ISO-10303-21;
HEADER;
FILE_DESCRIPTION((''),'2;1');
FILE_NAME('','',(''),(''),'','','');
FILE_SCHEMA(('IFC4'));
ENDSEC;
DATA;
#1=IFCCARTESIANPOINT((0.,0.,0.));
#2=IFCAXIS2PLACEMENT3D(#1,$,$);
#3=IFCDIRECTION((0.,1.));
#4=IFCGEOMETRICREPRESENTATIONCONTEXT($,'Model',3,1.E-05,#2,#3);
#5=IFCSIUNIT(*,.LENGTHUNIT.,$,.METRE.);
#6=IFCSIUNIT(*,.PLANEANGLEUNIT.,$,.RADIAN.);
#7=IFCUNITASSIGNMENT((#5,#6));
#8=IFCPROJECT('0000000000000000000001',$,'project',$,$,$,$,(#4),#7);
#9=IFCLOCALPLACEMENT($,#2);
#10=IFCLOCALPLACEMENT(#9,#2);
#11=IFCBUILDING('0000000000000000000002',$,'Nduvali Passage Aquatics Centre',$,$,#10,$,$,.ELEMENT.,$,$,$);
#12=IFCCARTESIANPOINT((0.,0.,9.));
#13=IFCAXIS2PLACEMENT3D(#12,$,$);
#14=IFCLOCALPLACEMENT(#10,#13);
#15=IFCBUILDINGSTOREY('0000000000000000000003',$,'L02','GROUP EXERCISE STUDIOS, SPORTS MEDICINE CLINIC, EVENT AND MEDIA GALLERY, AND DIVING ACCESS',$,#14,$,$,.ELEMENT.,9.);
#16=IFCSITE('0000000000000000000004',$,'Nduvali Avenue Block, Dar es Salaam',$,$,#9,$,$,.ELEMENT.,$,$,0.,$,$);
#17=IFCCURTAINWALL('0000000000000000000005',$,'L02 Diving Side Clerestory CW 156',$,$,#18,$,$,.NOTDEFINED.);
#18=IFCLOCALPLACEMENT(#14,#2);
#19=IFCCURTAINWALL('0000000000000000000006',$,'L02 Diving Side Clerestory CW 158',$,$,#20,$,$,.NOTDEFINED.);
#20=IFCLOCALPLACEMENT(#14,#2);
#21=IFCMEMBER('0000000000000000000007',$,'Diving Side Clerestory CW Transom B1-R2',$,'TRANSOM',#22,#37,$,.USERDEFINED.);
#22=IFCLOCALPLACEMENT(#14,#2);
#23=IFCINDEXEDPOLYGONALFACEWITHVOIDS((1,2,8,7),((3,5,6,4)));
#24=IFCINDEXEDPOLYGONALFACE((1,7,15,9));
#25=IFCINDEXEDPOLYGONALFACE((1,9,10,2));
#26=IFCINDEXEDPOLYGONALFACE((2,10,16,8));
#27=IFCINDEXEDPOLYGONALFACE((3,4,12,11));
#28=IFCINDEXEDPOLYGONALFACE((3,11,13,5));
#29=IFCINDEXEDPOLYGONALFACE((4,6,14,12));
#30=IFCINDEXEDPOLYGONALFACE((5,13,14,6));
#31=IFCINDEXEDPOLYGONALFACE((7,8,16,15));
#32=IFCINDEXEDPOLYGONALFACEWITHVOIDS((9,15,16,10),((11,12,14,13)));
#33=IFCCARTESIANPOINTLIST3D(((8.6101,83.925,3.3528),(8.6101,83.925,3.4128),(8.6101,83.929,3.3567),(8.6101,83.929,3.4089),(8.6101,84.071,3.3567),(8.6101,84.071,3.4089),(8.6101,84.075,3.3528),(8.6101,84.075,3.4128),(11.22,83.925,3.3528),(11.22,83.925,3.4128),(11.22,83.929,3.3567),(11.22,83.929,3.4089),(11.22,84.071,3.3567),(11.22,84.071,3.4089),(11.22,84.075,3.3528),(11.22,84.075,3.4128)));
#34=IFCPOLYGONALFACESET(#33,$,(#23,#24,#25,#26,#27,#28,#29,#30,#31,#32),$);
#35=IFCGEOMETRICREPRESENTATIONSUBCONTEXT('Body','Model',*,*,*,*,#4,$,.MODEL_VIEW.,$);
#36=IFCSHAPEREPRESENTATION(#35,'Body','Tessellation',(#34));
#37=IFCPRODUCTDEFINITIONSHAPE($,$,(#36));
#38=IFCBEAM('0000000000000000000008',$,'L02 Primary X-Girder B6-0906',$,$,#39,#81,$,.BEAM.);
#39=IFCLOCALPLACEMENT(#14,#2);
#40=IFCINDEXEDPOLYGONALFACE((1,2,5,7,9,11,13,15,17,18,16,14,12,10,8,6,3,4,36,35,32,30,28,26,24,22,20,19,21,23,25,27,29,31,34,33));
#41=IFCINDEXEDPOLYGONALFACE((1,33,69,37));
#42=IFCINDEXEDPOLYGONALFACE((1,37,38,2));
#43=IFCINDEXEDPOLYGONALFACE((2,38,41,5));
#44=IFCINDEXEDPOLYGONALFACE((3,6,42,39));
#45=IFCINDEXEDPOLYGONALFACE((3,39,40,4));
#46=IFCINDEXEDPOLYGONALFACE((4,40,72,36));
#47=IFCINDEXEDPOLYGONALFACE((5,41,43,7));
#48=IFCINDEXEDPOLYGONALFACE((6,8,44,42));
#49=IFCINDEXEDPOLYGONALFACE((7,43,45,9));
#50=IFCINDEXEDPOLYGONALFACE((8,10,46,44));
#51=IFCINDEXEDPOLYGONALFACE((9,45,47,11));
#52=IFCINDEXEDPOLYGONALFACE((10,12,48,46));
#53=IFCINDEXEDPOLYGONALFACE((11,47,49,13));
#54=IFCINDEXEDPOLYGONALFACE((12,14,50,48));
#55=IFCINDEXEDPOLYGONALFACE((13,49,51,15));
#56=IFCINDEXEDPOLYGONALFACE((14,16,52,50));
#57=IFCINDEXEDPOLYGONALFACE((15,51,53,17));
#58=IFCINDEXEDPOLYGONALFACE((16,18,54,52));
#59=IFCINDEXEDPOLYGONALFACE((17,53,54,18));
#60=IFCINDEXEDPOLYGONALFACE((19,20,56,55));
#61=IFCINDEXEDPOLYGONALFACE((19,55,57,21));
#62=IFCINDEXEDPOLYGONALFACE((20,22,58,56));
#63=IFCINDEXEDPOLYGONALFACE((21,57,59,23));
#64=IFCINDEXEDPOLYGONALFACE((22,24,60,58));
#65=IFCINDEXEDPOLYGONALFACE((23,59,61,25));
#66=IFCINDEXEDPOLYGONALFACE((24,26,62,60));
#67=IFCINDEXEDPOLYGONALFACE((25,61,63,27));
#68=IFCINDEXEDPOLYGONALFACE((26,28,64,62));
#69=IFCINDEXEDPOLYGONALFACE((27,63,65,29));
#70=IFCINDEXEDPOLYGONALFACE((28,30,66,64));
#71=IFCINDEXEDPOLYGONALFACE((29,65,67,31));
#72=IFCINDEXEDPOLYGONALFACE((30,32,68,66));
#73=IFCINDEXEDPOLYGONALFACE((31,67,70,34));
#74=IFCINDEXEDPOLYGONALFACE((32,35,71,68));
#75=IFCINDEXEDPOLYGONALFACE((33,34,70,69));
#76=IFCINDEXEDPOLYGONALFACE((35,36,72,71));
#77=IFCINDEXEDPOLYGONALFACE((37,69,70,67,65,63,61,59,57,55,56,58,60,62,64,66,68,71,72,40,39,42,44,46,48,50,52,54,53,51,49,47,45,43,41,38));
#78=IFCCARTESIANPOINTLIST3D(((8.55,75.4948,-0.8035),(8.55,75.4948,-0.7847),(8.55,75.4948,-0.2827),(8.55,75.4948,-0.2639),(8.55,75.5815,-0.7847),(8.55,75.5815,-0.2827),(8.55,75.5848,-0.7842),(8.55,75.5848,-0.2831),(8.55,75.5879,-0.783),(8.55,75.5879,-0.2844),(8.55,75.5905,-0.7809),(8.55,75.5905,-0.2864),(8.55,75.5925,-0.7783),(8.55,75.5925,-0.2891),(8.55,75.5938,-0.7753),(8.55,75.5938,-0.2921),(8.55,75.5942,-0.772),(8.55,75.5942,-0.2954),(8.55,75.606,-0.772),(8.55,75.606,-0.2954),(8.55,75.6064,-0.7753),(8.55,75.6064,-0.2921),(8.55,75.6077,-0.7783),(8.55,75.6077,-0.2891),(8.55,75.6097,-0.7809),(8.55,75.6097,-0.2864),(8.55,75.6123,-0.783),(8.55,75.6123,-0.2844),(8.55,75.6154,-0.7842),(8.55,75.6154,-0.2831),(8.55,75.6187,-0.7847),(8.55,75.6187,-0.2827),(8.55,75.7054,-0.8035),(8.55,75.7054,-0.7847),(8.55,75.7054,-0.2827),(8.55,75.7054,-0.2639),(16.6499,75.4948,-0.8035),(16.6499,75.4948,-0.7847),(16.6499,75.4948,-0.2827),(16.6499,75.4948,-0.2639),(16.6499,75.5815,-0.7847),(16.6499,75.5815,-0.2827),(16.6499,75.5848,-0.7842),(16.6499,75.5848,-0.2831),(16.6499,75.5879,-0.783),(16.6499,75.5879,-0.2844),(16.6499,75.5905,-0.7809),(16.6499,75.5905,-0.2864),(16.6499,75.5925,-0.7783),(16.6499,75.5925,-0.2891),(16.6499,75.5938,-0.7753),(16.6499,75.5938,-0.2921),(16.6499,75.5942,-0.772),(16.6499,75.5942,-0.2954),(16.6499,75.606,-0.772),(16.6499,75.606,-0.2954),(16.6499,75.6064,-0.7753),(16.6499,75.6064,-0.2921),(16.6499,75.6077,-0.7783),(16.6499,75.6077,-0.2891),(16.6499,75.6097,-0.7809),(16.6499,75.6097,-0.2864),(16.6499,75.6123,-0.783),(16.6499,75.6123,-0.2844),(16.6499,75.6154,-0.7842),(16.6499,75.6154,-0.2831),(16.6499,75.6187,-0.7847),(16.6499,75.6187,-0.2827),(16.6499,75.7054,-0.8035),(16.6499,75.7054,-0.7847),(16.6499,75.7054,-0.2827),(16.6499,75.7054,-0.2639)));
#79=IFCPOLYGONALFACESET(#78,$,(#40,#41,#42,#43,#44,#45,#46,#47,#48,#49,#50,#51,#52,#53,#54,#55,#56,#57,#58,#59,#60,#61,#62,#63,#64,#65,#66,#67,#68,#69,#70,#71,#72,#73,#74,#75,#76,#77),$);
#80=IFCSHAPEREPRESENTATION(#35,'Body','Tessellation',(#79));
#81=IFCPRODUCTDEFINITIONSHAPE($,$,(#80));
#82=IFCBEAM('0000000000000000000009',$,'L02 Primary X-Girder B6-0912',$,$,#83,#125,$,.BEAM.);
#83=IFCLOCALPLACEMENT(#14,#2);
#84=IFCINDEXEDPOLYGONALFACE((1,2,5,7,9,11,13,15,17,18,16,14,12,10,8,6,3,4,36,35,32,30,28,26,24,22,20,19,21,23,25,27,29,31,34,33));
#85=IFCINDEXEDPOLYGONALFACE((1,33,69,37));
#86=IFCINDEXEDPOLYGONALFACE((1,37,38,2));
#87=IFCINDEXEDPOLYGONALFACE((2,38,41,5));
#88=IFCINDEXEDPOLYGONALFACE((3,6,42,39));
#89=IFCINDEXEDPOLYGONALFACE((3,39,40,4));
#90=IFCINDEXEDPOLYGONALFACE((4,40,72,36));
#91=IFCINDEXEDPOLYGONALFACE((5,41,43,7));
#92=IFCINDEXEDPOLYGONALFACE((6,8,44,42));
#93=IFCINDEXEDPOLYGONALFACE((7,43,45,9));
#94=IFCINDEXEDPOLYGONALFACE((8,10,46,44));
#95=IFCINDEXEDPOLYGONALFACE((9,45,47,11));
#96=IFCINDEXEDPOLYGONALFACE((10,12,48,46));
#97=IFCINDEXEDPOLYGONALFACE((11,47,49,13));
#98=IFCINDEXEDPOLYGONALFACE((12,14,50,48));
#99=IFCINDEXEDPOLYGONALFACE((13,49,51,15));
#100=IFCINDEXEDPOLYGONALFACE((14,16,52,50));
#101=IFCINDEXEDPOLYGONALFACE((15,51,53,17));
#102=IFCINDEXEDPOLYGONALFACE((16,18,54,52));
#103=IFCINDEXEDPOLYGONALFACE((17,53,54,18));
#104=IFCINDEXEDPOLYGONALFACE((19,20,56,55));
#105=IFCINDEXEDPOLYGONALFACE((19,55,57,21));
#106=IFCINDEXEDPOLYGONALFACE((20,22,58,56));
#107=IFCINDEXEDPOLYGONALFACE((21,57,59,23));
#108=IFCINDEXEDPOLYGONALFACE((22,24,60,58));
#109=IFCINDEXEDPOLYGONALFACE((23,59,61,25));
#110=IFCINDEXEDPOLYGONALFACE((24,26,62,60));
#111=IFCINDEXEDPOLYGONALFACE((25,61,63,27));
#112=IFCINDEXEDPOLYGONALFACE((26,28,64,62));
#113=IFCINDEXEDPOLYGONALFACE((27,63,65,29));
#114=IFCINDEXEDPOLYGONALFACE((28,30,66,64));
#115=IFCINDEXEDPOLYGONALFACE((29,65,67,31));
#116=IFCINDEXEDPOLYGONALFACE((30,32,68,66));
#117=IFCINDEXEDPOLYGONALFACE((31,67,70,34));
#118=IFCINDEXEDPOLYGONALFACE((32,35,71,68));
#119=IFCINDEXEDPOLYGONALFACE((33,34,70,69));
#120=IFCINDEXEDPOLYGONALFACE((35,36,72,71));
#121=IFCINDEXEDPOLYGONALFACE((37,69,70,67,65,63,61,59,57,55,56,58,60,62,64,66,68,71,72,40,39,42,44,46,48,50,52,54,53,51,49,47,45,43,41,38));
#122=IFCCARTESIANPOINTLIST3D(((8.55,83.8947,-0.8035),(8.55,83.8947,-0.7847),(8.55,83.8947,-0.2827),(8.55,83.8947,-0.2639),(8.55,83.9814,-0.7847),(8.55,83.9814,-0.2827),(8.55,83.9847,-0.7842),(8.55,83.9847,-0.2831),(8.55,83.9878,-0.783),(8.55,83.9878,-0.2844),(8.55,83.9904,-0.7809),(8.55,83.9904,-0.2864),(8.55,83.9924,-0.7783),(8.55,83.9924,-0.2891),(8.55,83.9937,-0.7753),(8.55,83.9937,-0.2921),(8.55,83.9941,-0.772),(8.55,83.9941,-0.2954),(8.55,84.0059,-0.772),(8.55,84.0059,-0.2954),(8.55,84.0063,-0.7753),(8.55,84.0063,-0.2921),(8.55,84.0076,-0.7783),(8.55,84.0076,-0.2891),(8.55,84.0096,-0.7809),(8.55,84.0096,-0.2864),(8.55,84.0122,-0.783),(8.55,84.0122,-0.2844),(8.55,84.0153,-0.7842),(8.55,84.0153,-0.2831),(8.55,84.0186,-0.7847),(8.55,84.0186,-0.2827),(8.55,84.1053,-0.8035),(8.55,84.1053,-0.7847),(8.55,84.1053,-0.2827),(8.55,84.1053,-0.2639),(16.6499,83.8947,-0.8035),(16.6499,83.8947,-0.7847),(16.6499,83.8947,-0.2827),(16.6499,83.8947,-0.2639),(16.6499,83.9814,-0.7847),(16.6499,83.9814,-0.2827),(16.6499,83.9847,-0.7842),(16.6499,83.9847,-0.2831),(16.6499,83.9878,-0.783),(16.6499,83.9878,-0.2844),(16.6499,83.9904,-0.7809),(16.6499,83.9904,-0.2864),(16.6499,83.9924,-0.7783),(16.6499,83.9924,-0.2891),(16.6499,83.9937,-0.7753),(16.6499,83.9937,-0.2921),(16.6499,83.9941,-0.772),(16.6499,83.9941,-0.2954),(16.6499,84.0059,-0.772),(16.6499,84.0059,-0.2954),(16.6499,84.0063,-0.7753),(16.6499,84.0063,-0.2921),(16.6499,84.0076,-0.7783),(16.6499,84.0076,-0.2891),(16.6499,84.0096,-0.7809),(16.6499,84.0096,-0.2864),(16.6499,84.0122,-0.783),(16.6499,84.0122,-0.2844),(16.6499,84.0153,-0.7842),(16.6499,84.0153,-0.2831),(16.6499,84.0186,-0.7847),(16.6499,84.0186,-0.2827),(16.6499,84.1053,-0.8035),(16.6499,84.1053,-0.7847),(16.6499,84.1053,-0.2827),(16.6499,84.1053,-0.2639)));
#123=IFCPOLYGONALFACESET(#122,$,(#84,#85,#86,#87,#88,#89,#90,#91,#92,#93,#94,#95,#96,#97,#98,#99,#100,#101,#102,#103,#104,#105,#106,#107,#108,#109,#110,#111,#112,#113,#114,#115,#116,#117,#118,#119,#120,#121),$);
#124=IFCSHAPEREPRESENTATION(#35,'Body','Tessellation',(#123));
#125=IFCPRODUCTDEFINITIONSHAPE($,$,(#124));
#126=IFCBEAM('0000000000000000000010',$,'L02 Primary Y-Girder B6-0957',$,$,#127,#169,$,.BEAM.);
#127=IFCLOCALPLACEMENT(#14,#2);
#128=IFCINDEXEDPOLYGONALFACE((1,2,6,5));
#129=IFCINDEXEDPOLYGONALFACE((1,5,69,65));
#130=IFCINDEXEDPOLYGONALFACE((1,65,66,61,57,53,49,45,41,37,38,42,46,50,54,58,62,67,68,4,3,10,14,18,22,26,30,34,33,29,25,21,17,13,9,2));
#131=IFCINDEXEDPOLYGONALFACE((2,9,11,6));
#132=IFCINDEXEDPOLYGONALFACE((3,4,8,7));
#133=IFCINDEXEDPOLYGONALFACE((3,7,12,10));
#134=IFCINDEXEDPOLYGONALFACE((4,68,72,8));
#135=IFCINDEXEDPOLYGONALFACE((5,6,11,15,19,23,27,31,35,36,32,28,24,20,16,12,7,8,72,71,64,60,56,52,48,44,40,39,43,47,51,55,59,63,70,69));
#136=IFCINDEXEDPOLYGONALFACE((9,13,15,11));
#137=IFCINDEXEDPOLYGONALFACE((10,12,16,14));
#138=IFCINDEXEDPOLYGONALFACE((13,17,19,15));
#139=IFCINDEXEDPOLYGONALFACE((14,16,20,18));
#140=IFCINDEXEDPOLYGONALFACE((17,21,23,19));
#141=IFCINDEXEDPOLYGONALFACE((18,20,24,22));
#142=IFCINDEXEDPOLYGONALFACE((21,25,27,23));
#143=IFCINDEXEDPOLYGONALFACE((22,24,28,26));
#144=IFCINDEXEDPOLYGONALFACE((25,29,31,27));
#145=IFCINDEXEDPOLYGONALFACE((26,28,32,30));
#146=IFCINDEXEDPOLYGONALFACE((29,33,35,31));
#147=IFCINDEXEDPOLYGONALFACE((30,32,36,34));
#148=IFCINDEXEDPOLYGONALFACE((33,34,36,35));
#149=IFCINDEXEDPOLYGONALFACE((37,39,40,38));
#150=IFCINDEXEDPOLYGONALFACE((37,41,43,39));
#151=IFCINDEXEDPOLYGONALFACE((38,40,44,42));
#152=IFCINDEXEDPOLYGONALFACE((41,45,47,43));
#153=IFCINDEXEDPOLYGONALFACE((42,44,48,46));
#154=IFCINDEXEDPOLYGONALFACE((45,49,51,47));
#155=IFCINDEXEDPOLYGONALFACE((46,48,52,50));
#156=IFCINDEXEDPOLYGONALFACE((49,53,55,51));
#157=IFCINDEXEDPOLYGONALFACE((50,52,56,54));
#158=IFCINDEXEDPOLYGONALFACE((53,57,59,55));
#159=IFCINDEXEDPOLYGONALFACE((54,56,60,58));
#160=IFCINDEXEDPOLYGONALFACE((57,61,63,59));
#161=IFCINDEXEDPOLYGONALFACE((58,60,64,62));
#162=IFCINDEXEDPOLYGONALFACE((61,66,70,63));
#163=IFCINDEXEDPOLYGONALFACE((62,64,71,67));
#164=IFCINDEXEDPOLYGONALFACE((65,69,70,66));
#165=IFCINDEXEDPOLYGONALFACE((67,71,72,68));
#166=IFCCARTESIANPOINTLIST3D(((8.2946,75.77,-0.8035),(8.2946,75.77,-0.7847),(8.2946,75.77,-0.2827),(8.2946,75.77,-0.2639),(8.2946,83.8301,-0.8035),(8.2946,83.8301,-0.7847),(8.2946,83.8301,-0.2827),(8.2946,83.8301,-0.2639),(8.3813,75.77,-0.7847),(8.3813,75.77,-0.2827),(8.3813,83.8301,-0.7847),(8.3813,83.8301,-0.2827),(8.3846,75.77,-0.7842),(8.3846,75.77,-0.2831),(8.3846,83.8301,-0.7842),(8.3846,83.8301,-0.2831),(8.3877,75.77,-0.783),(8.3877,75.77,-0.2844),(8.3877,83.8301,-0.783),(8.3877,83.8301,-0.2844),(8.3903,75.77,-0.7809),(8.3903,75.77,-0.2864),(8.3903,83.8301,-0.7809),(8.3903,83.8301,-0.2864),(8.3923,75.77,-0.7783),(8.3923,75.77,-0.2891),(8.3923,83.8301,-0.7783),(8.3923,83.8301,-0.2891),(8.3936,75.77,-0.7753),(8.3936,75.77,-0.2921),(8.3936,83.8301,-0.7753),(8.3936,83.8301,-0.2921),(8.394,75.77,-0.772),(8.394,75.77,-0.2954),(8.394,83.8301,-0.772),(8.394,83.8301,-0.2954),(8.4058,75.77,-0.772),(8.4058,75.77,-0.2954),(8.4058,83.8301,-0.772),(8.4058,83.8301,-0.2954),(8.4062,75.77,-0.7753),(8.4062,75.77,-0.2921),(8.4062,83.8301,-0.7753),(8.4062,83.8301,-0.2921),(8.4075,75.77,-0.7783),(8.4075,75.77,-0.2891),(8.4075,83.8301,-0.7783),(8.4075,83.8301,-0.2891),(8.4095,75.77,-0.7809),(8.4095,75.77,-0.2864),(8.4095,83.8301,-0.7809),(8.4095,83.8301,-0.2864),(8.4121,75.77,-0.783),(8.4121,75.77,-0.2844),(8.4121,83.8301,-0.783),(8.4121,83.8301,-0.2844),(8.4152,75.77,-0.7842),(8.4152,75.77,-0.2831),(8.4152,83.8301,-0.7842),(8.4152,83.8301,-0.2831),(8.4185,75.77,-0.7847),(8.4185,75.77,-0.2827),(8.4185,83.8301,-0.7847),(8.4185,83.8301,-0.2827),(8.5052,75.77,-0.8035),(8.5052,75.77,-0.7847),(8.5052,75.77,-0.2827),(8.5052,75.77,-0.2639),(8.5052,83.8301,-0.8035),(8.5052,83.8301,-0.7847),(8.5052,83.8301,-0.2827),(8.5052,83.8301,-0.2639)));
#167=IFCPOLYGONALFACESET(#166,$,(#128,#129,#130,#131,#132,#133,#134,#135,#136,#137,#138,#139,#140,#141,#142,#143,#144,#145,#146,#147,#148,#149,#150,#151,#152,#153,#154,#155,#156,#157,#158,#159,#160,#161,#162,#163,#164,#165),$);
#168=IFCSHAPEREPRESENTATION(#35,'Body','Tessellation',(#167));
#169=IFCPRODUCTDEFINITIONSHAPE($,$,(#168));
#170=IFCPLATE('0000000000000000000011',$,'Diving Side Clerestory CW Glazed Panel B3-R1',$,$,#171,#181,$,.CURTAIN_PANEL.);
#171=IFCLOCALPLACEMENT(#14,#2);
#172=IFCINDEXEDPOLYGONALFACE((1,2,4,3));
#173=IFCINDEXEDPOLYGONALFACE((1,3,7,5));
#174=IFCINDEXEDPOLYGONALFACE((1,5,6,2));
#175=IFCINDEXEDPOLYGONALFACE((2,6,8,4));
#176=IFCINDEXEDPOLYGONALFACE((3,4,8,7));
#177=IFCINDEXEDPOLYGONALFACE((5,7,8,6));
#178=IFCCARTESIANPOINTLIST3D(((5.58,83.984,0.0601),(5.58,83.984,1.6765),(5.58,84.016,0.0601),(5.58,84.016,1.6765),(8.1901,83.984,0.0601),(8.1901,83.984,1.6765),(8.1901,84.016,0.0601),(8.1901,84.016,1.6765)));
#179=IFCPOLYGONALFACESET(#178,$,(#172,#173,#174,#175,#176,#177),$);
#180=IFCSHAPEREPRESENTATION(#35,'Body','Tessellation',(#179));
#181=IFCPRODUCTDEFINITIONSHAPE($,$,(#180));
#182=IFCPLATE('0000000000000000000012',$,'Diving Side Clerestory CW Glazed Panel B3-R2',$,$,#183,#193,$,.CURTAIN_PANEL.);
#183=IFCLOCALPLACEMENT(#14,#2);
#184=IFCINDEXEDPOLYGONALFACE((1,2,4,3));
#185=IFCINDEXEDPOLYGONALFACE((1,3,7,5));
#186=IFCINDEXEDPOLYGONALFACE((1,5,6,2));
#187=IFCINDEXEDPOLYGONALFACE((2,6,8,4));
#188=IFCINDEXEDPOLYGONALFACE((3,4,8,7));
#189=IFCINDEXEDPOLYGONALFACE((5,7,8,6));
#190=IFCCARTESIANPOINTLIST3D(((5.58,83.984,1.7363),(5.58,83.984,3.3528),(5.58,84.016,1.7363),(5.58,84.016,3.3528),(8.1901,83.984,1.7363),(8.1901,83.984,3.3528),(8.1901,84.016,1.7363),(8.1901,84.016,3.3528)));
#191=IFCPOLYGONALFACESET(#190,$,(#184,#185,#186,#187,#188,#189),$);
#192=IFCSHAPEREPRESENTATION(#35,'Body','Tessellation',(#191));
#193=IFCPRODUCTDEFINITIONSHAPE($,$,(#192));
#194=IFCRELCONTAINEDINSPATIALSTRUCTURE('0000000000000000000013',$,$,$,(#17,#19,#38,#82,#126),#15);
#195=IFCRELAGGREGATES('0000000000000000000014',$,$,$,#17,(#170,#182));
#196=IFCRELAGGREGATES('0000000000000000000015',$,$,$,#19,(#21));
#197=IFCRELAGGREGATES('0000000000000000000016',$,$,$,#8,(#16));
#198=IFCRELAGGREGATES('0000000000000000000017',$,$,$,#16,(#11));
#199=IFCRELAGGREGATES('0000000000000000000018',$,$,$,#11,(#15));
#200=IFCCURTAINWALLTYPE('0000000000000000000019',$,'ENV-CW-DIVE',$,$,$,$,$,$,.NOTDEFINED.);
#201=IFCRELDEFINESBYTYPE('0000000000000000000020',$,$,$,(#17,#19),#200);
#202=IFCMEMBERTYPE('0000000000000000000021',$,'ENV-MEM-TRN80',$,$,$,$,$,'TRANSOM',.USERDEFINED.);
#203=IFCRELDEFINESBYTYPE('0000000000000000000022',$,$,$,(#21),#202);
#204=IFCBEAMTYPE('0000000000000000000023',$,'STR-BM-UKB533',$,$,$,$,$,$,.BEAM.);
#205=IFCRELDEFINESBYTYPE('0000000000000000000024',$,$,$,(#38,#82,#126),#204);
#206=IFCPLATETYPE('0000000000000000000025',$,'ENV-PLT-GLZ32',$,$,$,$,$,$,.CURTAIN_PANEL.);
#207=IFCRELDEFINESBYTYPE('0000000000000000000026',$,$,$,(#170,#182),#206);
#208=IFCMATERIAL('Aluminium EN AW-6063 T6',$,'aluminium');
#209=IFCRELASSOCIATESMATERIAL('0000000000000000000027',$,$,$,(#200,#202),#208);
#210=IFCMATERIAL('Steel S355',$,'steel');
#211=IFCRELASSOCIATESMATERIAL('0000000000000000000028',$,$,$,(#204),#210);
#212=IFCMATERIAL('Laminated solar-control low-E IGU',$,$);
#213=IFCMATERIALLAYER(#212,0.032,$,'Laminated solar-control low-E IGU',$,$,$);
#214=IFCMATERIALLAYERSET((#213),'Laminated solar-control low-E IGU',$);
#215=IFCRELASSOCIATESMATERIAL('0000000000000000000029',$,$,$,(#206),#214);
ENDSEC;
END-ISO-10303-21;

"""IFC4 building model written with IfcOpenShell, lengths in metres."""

from ifc_helpers import new_model, si_unit, direction, frame, origin, origin_2d, place, context, subcontext, project, spatial, rectangle, hollow_rectangle, i_section, extrude, material, layer, layer_set, material_profile, profile_set, type_object, element, aggregate, save


model = new_model("IFC4")

# Units and contexts
model_context = context("Model", 3, precision=1e-05, world=origin(), true_north=direction((0.0, 1.0)))
body_context = subcontext(model_context, "Body", "Model", "MODEL_VIEW")
ifc_project = project(units=[si_unit("LENGTHUNIT", "METRE"), si_unit("PLANEANGLEUNIT", "RADIAN")], contexts=[model_context])

# Site, building, storey
site_placement = place(None, origin())
site = spatial("IfcSite", under=ifc_project, at=site_placement, Name="Nduvali Avenue Block, Dar es Salaam", CompositionType="ELEMENT", RefElevation=0.0)
building_placement = place(site_placement, origin())
building = spatial("IfcBuilding", under=site, at=building_placement, Name="Nduvali Passage Aquatics Centre", CompositionType="ELEMENT")
storey_placement = place(building_placement, frame((0.0, 0.0, 9.0)))
storey = spatial("IfcBuildingStorey", under=building, at=storey_placement, Name="L02", Description="GROUP EXERCISE STUDIOS, SPORTS MEDICINE CLINIC, EVENT AND MEDIA GALLERY, AND DIVING ACCESS", CompositionType="ELEMENT", Elevation=9.0)

# Shared definitions
ifc_material_1 = material(Name="Steel S355", Category="steel")

# Curtain walls
ifc_material_2 = material(Name="Aluminium EN AW-6063 T6", Category="aluminium")
curtain_wall_type = type_object("IfcCurtainWallType", Name="ENV-CW-DIVE", PredefinedType="NOTDEFINED", material=ifc_material_2)
curtain_wall_1_placement = place(storey_placement, origin())
curtain_wall_1 = element("IfcCurtainWall", 1, at=curtain_wall_1_placement, inside=storey, type_object=curtain_wall_type, Name="L02 Diving Side Clerestory CW 156", PredefinedType="NOTDEFINED")
curtain_wall_2_placement = place(storey_placement, origin())
curtain_wall_2 = element("IfcCurtainWall", 2, at=curtain_wall_2_placement, inside=storey, type_object=curtain_wall_type, Name="L02 Diving Side Clerestory CW 158", PredefinedType="NOTDEFINED")

# Member
ifc_material_profile_1 = material_profile(ifc_material_2, hollow_rectangle(XDim=0.1499, YDim=0.0601, WallThickness=0.0039, at=origin_2d()), Name="ALU TRANSOM 150x60x4")
ifc_profile_set_1 = profile_set([ifc_material_profile_1], Name="Aluminium EN AW-6063 T6")
member_type_1 = type_object("IfcMemberType", Name="ENV-MEM-TRN80", ElementType="TRANSOM", PredefinedType="USERDEFINED", material=ifc_profile_set_1)
member_1_placement = place(storey_placement, frame((8.6101, 84.0, 3.3828), z_axis=(1.0, 0.0, 0.0), x_axis=(0.0, 1.0, 0.0)))
member_1 = element("IfcMember", 3, at=member_1_placement, type_object=member_type_1, Name="Diving Side Clerestory CW Transom B1-R2", ObjectType="TRANSOM", PredefinedType="USERDEFINED", context=body_context, shape_type="SweptSolid", body=[
    extrude(hollow_rectangle(XDim=0.1499, YDim=0.0601, WallThickness=0.0039, at=origin_2d()), origin(), (0.0, 0.0, 1.0), 2.6099),
])

# Beams
ifc_material_profile_2 = material_profile(ifc_material_1, i_section(OverallWidth=0.2107, OverallDepth=0.5396, WebThickness=0.0117, FlangeThickness=0.0188, FilletRadius=0.0127, at=origin_2d()), Name="UKB 533x210x109")
ifc_profile_set_2 = profile_set([ifc_material_profile_2], Name="Steel S355")
beam_type = type_object("IfcBeamType", Name="STR-BM-UKB533", PredefinedType="BEAM", material=ifc_profile_set_2)
for number, where, z_axis, x_axis, name in (
    (4, (8.55, 75.6001, -0.5337), (1.0, 0.0, 0.0), (0.0, 1.0, 0.0), "L02 Primary X-Girder B6-0906"),
    (5, (8.55, 84.0, -0.5337), (1.0, 0.0, 0.0), (0.0, 1.0, 0.0), "L02 Primary X-Girder B6-0912"),
):
    element("IfcBeam", number, at=place(storey_placement, frame(where, z_axis=z_axis, x_axis=x_axis)), inside=storey, type_object=beam_type, Name=name, PredefinedType="BEAM", context=body_context, shape_type="SweptSolid", body=[
        extrude(i_section(OverallWidth=0.2107, OverallDepth=0.5396, WebThickness=0.0117, FlangeThickness=0.0188, FilletRadius=0.0127, at=origin_2d()), origin(), (0.0, 0.0, 1.0), 8.0999),
    ])
beam_placement = place(storey_placement, frame((8.3999, 75.77, -0.5337), z_axis=(0.0, 1.0, 0.0), x_axis=(-1.0, 0.0, 0.0)))
element("IfcBeam", 6, at=beam_placement, inside=storey, type_object=beam_type, Name="L02 Primary Y-Girder B6-0957", PredefinedType="BEAM", context=body_context, shape_type="SweptSolid", body=[
    extrude(i_section(OverallWidth=0.2107, OverallDepth=0.5396, WebThickness=0.0117, FlangeThickness=0.0188, FilletRadius=0.0127, at=origin_2d()), origin(), (0.0, 0.0, 1.0), 8.0601),
])

# Plates
ifc_material_3 = material(Name="Laminated solar-control low-E IGU")
ifc_layer_1 = layer(ifc_material_3, 0.032, Name="Laminated solar-control low-E IGU")
ifc_layer_set_1 = layer_set([ifc_layer_1], Name="Laminated solar-control low-E IGU")
plate_type = type_object("IfcPlateType", Name="ENV-PLT-GLZ32", PredefinedType="CURTAIN_PANEL", material=ifc_layer_set_1)
plate_1_placement = place(storey_placement, frame((6.885, 84.0, 0.0601), z_axis=(0.0, 0.0, 1.0), x_axis=(1.0, 0.0, 0.0)))
plate_1 = element("IfcPlate", 7, at=plate_1_placement, type_object=plate_type, Name="Diving Side Clerestory CW Glazed Panel B3-R1", PredefinedType="CURTAIN_PANEL", context=body_context, shape_type="SweptSolid", body=[
    extrude(rectangle(XDim=2.6101, YDim=0.032, at=origin_2d()), origin(), (0.0, 0.0, 1.0), 1.6165),
])
plate_2_placement = place(storey_placement, frame((6.885, 84.0, 1.7363), z_axis=(0.0, 0.0, 1.0), x_axis=(1.0, 0.0, 0.0)))
plate_2 = element("IfcPlate", 8, at=plate_2_placement, type_object=plate_type, Name="Diving Side Clerestory CW Glazed Panel B3-R2", PredefinedType="CURTAIN_PANEL", context=body_context, shape_type="SweptSolid", body=[
    extrude(rectangle(XDim=2.6101, YDim=0.032, at=origin_2d()), origin(), (0.0, 0.0, 1.0), 1.6165),
])
aggregate(curtain_wall_1, [plate_1, plate_2])
aggregate(curtain_wall_2, [member_1])

save(model, "model.ifc")
